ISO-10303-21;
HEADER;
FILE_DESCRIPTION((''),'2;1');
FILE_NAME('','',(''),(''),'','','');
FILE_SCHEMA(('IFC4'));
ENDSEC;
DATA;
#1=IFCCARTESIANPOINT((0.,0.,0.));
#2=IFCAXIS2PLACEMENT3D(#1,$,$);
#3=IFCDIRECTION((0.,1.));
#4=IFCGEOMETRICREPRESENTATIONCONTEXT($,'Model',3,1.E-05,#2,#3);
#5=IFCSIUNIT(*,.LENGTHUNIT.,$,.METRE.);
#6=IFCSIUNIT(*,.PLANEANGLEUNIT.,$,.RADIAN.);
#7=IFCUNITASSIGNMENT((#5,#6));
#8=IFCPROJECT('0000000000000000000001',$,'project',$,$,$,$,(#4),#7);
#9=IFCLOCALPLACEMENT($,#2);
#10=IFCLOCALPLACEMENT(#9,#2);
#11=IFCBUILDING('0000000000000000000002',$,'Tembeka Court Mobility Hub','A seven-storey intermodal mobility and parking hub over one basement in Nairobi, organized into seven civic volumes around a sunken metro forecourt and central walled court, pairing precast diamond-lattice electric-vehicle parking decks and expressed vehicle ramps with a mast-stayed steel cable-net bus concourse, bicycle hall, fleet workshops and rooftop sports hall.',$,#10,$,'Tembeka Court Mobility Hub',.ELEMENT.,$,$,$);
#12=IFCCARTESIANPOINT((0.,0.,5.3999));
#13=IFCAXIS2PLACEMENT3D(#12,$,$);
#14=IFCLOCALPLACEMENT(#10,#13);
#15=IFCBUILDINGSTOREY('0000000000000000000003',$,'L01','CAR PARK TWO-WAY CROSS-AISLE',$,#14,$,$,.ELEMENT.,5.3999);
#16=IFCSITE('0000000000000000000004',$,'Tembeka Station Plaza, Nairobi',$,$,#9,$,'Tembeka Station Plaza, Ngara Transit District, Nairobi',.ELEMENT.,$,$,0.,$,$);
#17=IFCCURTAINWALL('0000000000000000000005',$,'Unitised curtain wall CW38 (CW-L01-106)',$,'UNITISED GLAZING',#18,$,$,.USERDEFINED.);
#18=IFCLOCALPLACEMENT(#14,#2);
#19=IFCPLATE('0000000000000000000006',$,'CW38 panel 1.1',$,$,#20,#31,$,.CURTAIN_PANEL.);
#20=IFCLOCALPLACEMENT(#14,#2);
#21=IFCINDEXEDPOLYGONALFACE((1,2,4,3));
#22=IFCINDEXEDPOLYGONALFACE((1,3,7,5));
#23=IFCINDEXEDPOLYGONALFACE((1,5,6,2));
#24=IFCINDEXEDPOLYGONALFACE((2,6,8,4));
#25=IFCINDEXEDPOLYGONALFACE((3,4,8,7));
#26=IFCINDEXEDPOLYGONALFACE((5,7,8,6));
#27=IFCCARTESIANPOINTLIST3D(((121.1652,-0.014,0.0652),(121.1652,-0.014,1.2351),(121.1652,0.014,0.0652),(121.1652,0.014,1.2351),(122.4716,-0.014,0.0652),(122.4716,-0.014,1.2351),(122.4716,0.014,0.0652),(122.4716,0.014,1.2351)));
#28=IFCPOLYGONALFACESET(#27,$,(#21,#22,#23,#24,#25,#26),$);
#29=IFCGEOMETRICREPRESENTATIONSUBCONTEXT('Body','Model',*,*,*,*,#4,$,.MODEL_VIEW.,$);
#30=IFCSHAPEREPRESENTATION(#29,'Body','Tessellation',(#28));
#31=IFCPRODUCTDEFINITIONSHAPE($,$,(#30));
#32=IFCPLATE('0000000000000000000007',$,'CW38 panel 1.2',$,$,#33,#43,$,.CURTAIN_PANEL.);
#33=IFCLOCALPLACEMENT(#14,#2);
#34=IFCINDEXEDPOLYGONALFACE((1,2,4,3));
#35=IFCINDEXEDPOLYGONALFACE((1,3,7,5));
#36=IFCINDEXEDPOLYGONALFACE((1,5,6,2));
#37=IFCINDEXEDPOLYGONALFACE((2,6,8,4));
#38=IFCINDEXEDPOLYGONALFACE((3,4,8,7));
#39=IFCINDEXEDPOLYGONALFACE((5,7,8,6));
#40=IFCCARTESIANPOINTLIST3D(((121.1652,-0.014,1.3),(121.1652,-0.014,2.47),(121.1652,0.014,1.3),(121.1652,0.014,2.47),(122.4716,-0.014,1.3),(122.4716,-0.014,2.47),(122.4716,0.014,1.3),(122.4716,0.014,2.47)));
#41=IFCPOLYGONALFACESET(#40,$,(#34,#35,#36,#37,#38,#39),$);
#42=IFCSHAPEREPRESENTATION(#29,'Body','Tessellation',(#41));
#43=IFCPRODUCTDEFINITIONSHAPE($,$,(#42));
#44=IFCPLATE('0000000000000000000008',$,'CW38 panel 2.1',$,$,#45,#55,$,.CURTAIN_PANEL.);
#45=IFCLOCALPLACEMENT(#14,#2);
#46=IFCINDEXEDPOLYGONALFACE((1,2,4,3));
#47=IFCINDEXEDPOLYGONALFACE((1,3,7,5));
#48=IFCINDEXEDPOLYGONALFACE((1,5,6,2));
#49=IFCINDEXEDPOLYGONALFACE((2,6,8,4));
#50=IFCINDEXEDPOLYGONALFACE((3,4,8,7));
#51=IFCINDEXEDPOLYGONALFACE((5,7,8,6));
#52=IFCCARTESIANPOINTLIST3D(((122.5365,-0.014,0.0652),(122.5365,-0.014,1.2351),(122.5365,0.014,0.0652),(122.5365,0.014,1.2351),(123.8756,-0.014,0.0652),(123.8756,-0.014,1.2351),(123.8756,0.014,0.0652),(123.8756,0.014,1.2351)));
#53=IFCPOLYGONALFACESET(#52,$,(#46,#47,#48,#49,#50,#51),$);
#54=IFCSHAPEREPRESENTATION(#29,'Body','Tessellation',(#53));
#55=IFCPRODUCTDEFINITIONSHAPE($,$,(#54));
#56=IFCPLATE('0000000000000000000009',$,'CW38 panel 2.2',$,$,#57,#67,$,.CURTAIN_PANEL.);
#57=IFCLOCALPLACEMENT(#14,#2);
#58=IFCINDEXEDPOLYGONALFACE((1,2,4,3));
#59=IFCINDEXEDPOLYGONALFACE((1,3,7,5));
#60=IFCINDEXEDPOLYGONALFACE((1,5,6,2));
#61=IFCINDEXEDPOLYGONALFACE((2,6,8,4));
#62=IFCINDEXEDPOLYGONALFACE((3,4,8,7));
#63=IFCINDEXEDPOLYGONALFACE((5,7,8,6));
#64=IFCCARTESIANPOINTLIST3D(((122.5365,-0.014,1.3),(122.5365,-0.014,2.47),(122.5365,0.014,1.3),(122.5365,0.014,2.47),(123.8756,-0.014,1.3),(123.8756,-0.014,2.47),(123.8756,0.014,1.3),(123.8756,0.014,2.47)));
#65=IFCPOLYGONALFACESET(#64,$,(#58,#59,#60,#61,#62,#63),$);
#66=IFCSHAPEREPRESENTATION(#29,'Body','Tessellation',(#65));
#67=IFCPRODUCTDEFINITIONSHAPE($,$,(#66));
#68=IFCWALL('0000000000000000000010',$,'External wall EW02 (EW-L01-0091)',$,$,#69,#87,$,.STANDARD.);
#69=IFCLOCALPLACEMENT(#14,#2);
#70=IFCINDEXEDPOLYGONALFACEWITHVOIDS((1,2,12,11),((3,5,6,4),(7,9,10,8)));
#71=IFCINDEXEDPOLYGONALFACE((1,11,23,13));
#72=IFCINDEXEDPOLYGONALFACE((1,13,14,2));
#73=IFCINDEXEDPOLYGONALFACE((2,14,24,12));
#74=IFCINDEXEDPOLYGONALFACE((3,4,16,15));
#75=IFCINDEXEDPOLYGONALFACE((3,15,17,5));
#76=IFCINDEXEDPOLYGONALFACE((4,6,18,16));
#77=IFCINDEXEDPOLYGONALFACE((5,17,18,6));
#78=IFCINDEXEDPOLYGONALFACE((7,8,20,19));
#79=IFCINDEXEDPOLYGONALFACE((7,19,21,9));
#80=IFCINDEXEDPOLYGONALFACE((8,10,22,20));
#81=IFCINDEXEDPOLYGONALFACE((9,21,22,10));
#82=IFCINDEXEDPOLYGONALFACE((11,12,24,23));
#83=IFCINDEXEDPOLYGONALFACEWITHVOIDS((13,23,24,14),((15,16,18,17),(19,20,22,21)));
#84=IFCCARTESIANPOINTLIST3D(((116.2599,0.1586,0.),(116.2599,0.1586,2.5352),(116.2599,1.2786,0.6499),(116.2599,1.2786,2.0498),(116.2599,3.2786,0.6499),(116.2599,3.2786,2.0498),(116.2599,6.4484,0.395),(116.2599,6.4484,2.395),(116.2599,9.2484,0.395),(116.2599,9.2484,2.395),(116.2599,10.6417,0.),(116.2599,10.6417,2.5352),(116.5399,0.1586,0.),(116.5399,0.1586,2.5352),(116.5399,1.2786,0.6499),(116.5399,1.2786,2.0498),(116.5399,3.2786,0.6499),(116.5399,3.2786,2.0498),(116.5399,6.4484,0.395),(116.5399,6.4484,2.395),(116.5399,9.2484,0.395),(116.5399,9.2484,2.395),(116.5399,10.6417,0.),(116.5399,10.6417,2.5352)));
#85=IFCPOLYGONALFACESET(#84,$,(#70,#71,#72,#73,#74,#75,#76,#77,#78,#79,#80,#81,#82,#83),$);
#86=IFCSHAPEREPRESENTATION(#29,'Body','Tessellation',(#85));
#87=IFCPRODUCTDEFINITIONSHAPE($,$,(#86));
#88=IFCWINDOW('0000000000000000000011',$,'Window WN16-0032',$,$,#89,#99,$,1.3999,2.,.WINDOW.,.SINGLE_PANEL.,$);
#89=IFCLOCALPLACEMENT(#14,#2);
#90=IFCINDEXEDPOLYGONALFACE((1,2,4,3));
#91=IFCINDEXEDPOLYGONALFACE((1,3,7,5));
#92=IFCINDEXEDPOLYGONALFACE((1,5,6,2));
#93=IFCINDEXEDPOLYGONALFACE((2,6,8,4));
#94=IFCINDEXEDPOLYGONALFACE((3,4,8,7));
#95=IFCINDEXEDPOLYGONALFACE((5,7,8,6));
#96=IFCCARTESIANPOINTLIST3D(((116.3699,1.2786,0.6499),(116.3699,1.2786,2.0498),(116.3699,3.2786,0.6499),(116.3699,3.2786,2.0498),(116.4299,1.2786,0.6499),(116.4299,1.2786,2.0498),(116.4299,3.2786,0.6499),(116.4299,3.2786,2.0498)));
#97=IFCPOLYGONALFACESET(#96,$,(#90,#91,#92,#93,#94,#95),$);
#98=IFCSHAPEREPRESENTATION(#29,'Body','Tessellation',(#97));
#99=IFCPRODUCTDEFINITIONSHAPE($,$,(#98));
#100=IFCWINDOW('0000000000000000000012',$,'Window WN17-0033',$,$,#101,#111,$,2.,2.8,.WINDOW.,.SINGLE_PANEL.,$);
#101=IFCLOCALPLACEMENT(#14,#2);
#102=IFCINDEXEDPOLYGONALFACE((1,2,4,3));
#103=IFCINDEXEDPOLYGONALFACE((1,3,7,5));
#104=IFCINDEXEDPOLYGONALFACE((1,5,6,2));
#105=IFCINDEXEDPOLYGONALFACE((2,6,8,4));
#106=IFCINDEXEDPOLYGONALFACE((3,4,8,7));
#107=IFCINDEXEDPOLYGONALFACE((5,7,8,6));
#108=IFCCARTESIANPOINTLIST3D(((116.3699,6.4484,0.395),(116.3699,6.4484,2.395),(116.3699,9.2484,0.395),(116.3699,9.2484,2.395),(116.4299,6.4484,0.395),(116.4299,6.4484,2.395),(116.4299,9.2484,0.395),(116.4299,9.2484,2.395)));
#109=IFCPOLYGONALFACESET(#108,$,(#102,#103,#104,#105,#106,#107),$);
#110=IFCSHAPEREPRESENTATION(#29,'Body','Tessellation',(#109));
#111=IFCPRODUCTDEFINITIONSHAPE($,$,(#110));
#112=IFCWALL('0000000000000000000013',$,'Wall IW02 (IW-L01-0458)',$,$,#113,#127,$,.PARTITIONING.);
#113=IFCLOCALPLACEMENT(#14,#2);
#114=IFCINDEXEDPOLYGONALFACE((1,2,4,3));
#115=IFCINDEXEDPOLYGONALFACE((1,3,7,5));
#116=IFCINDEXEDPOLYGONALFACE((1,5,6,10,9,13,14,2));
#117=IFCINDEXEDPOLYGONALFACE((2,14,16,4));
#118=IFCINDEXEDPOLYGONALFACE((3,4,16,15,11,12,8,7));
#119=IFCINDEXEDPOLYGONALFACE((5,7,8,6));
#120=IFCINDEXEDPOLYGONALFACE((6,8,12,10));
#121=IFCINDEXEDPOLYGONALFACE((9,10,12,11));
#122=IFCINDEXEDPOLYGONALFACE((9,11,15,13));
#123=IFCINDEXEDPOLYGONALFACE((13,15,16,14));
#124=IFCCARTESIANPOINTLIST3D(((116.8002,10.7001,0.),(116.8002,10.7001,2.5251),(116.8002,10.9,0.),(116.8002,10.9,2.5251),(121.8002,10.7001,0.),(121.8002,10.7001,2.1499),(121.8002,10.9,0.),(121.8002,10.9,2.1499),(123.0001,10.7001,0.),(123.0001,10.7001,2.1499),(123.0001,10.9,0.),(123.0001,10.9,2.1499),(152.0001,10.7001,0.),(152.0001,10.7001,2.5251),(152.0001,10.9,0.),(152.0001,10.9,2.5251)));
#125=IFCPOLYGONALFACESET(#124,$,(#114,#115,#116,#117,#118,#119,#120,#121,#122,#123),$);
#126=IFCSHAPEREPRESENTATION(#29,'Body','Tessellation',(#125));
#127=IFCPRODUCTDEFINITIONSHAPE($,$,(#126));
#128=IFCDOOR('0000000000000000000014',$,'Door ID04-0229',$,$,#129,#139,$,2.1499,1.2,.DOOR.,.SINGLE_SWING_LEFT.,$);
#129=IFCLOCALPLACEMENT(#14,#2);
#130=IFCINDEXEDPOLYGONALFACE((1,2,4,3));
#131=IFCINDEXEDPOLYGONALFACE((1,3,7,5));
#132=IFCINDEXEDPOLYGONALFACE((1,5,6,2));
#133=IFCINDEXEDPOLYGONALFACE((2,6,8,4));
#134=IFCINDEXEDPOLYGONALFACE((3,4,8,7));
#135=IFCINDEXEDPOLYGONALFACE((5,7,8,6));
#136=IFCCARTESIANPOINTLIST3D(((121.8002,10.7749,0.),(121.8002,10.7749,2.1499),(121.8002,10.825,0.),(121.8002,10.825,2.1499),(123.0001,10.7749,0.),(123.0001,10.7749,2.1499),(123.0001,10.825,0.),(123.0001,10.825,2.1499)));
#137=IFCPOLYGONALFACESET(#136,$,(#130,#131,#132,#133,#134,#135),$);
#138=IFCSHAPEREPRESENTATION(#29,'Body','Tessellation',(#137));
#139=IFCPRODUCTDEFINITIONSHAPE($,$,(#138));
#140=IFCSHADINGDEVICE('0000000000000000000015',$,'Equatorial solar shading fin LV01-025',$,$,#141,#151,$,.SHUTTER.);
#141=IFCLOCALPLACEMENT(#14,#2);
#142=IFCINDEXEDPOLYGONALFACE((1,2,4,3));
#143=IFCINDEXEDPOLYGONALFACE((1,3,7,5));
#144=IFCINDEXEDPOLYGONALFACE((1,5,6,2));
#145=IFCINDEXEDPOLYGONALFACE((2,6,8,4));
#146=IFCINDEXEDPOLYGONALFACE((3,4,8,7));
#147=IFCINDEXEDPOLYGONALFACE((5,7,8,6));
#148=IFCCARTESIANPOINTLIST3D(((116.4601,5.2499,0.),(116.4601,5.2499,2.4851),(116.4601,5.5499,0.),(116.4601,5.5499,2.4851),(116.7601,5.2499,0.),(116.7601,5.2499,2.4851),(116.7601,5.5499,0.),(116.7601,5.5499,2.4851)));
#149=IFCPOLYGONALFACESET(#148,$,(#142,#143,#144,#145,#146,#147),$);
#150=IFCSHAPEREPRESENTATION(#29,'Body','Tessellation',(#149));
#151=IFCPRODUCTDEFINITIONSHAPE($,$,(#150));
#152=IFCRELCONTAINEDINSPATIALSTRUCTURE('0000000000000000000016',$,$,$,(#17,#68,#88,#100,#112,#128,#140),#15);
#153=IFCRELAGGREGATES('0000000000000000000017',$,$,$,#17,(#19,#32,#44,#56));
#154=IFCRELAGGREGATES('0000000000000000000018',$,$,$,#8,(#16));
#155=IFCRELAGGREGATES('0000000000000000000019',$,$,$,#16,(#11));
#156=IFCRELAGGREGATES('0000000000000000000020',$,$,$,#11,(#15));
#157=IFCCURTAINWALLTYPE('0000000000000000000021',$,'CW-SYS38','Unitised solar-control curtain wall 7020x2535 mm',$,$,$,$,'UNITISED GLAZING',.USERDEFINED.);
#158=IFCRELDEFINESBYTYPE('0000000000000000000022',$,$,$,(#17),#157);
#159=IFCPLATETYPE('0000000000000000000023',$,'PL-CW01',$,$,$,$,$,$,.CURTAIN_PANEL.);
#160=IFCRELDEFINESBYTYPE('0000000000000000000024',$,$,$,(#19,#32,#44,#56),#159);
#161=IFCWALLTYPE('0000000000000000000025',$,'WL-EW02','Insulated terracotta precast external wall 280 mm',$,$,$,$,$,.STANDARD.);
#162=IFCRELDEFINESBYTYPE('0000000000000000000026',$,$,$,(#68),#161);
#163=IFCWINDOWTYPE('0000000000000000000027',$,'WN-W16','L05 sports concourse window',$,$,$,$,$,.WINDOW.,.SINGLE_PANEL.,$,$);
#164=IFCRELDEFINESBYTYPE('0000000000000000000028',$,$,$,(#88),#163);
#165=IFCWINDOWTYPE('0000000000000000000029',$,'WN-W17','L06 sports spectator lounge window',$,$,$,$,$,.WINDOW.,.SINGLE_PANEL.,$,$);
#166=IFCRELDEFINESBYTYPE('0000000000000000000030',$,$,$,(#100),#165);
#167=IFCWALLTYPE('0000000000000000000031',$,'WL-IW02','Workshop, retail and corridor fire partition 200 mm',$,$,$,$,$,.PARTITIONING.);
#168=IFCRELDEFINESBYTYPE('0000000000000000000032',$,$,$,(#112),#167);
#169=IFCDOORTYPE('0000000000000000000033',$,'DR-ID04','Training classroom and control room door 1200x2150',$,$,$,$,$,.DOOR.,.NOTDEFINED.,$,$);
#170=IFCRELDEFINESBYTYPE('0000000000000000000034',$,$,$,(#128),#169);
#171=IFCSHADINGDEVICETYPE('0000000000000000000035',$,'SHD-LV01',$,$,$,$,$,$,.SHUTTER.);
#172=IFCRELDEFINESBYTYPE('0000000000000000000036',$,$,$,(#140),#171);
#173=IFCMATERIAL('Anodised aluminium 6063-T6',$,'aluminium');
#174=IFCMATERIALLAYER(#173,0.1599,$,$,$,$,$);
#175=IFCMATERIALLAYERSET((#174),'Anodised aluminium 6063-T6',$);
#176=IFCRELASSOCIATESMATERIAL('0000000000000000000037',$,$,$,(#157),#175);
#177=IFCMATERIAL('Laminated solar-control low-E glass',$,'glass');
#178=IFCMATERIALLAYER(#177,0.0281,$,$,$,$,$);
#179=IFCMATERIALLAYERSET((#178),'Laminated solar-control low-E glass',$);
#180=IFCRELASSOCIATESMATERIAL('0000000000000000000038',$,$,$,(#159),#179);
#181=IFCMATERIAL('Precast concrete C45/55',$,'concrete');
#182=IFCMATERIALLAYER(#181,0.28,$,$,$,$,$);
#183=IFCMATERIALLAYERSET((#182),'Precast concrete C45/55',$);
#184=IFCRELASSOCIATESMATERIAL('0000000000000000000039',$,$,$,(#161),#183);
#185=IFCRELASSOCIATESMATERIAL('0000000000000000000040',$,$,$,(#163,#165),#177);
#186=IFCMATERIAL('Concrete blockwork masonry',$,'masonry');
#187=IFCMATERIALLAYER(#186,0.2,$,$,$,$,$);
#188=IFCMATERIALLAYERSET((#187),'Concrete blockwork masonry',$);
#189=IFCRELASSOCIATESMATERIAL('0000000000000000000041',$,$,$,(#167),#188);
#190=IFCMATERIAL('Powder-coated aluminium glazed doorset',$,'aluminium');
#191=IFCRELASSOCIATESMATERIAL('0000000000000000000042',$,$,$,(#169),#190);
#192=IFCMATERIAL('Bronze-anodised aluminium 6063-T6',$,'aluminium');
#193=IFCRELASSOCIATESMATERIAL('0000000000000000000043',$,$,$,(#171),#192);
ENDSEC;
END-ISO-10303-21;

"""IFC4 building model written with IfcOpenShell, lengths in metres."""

from ifc_helpers import new_model, si_unit, direction, frame, frame_2d, origin, origin_2d, place, context, subcontext, project, spatial, rectangle, extrude, material, layer, layer_set, material_profile, profile_set, type_object, element, fill, aggregate, save


model = new_model("IFC4")

# Units and contexts
model_context = context("Model", 3, precision=1e-05, world=origin(), true_north=direction((0.0, 1.0)))
body_context = subcontext(model_context, "Body", "Model", "MODEL_VIEW")
ifc_project = project(units=[si_unit("LENGTHUNIT", "METRE"), si_unit("PLANEANGLEUNIT", "RADIAN")], contexts=[model_context])

# Site, building, storey
site_placement = place(None, origin())
site = spatial("IfcSite", under=ifc_project, at=site_placement, Name="Tembeka Station Plaza, Nairobi", LongName="Tembeka Station Plaza, Ngara Transit District, Nairobi", CompositionType="ELEMENT", RefElevation=0.0)
building_placement = place(site_placement, origin())
building = spatial("IfcBuilding", under=site, at=building_placement, Name="Tembeka Court Mobility Hub", Description="A seven-storey intermodal mobility and parking hub over one basement in Nairobi, organized into seven civic volumes around a sunken metro forecourt and central walled court, pairing precast diamond-lattice electric-vehicle parking decks and expressed vehicle ramps with a mast-stayed steel cable-net bus concourse, bicycle hall, fleet workshops and rooftop sports hall.", LongName="Tembeka Court Mobility Hub", CompositionType="ELEMENT")
storey_placement = place(building_placement, frame((0.0, 0.0, 5.3999)))
storey = spatial("IfcBuildingStorey", under=building, at=storey_placement, Name="L01", Description="CAR PARK TWO-WAY CROSS-AISLE", CompositionType="ELEMENT", Elevation=5.3999)

# Curtain wall
ifc_material_1 = material(Name="Anodised aluminium 6063-T6", Category="aluminium")
ifc_layer_1 = layer(ifc_material_1, 0.1599)
ifc_layer_set_1 = layer_set([ifc_layer_1], Name="Anodised aluminium 6063-T6")
curtain_wall_type_1 = type_object("IfcCurtainWallType", Name="CW-SYS38", Description="Unitised solar-control curtain wall 7020x2535 mm", ElementType="UNITISED GLAZING", PredefinedType="USERDEFINED", material=ifc_layer_set_1)
curtain_wall_1_placement = place(storey_placement, origin())
curtain_wall_1 = element("IfcCurtainWall", 1, at=curtain_wall_1_placement, inside=storey, type_object=curtain_wall_type_1, Name="Unitised curtain wall CW38 (CW-L01-106)", ObjectType="UNITISED GLAZING", PredefinedType="USERDEFINED")

# Plates
ifc_material_2 = material(Name="Laminated solar-control low-E glass", Category="glass")
ifc_layer_2 = layer(ifc_material_2, 0.0281)
ifc_layer_set_2 = layer_set([ifc_layer_2], Name="Laminated solar-control low-E glass")
plate_type = type_object("IfcPlateType", Name="PL-CW01", PredefinedType="CURTAIN_PANEL", material=ifc_layer_set_2)
plate_1_placement = place(storey_placement, frame((121.8184, 0.0, 0.0652), z_axis=(0.0, 0.0, 1.0), x_axis=(1.0, 0.0, 0.0)))
plate_1 = element("IfcPlate", 2, at=plate_1_placement, type_object=plate_type, Name="CW38 panel 1.1", PredefinedType="CURTAIN_PANEL", context=body_context, shape_type="SweptSolid", body=[
    extrude(rectangle(XDim=1.3064, YDim=0.0281, at=origin_2d()), origin(), (0.0, 0.0, 1.0), 1.1699),
])
plate_2_placement = place(storey_placement, frame((121.8184, 0.0, 1.3), z_axis=(0.0, 0.0, 1.0), x_axis=(1.0, 0.0, 0.0)))
plate_2 = element("IfcPlate", 3, at=plate_2_placement, type_object=plate_type, Name="CW38 panel 1.2", PredefinedType="CURTAIN_PANEL", context=body_context, shape_type="SweptSolid", body=[
    extrude(rectangle(XDim=1.3064, YDim=0.0281, at=origin_2d()), origin(), (0.0, 0.0, 1.0), 1.1699),
])
plate_3_placement = place(storey_placement, frame((123.2061, 0.0, 0.0652), z_axis=(0.0, 0.0, 1.0), x_axis=(1.0, 0.0, 0.0)))
plate_3 = element("IfcPlate", 4, at=plate_3_placement, type_object=plate_type, Name="CW38 panel 2.1", PredefinedType="CURTAIN_PANEL", context=body_context, shape_type="SweptSolid", body=[
    extrude(rectangle(XDim=1.3391, YDim=0.0281, at=origin_2d()), origin(), (0.0, 0.0, 1.0), 1.1699),
])
plate_4_placement = place(storey_placement, frame((123.2061, 0.0, 1.3), z_axis=(0.0, 0.0, 1.0), x_axis=(1.0, 0.0, 0.0)))
plate_4 = element("IfcPlate", 5, at=plate_4_placement, type_object=plate_type, Name="CW38 panel 2.2", PredefinedType="CURTAIN_PANEL", context=body_context, shape_type="SweptSolid", body=[
    extrude(rectangle(XDim=1.3391, YDim=0.0281, at=origin_2d()), origin(), (0.0, 0.0, 1.0), 1.1699),
])
aggregate(curtain_wall_1, [plate_1, plate_2, plate_3, plate_4])

# Wall, openings, windows
ifc_material_3 = material(Name="Precast concrete C45/55", Category="concrete")
ifc_layer_3 = layer(ifc_material_3, 0.28)
ifc_layer_set_3 = layer_set([ifc_layer_3], Name="Precast concrete C45/55")
wall_type_1 = type_object("IfcWallType", Name="WL-EW02", Description="Insulated terracotta precast external wall 280 mm", PredefinedType="STANDARD", material=ifc_layer_set_3)
wall_1_placement = place(storey_placement, frame((116.3999, 0.1584, 0.0), z_axis=(0.0, 0.0, 1.0), x_axis=(0.0, 1.0, 0.0)))
wall_1 = element("IfcWall", 6, at=wall_1_placement, inside=storey, type_object=wall_type_1, Name="External wall EW02 (EW-L01-0091)", PredefinedType="STANDARD", context=body_context, shape_type="SweptSolid", body=[
    extrude(rectangle(XDim=10.4832, YDim=0.28, at=frame_2d((5.2417, 0.0))), origin(), (0.0, 0.0, 1.0), 2.5352),
])
opening_1_placement = place(wall_1_placement, frame((1.1201, 0.0, 0.6499)))
opening_1 = element("IfcOpeningElement", 7, at=opening_1_placement, cuts=wall_1, PredefinedType="OPENING", context=body_context, shape_type="SweptSolid", body=[
    extrude(rectangle(XDim=2.0, YDim=1.3999, at=frame_2d((1.0, 0.7))), frame((0.0, 0.1499, 0.0), z_axis=(0.0, -1.0, 0.0), x_axis=(1.0, 0.0, 0.0)), (0.0, 0.0, 1.0), 0.3),
])
opening_2_placement = place(wall_1_placement, frame((6.29, 0.0, 0.395)))
opening_2 = element("IfcOpeningElement", 8, at=opening_2_placement, cuts=wall_1, PredefinedType="OPENING", context=body_context, shape_type="SweptSolid", body=[
    extrude(rectangle(XDim=2.8, YDim=2.0, at=frame_2d((1.3999, 1.0))), frame((0.0, 0.1499, 0.0), z_axis=(0.0, -1.0, 0.0), x_axis=(1.0, 0.0, 0.0)), (0.0, 0.0, 1.0), 0.3),
])
window_type_1 = type_object("IfcWindowType", Name="WN-W16", Description="L05 sports concourse window", PartitioningType="SINGLE_PANEL", PredefinedType="WINDOW", material=ifc_material_2)
window_1_placement = place(opening_1_placement, origin())
window_1 = element("IfcWindow", 9, at=window_1_placement, inside=storey, type_object=window_type_1, Name="Window WN16-0032", OverallHeight=1.3999, OverallWidth=2.0, PartitioningType="SINGLE_PANEL", PredefinedType="WINDOW", context=body_context, shape_type="SweptSolid", body=[
    extrude(rectangle(XDim=2.0, YDim=1.3999, at=frame_2d((1.0, 0.7))), frame((0.0, 0.03, 0.0), z_axis=(0.0, -1.0, 0.0), x_axis=(1.0, 0.0, 0.0)), (0.0, 0.0, 1.0), 0.0601),
])
fill(opening_1, window_1)
window_type_2 = type_object("IfcWindowType", Name="WN-W17", Description="L06 sports spectator lounge window", PartitioningType="SINGLE_PANEL", PredefinedType="WINDOW", material=ifc_material_2)
window_2_placement = place(opening_2_placement, origin())
window_2 = element("IfcWindow", 10, at=window_2_placement, inside=storey, type_object=window_type_2, Name="Window WN17-0033", OverallHeight=2.0, OverallWidth=2.8, PartitioningType="SINGLE_PANEL", PredefinedType="WINDOW", context=body_context, shape_type="SweptSolid", body=[
    extrude(rectangle(XDim=2.8, YDim=2.0, at=frame_2d((1.3999, 1.0))), frame((0.0, 0.03, 0.0), z_axis=(0.0, -1.0, 0.0), x_axis=(1.0, 0.0, 0.0)), (0.0, 0.0, 1.0), 0.0601),
])
fill(opening_2, window_2)

# Wall, opening, door
ifc_material_4 = material(Name="Concrete blockwork masonry", Category="masonry")
ifc_layer_4 = layer(ifc_material_4, 0.2)
ifc_layer_set_4 = layer_set([ifc_layer_4], Name="Concrete blockwork masonry")
wall_type_2 = type_object("IfcWallType", Name="WL-IW02", Description="Workshop, retail and corridor fire partition 200 mm", PredefinedType="PARTITIONING", material=ifc_layer_set_4)
wall_2_placement = place(storey_placement, frame((116.8, 10.8, 0.0), z_axis=(0.0, 0.0, 1.0), x_axis=(1.0, 0.0, 0.0)))
wall_2 = element("IfcWall", 11, at=wall_2_placement, inside=storey, type_object=wall_type_2, Name="Wall IW02 (IW-L01-0458)", PredefinedType="PARTITIONING", context=body_context, shape_type="SweptSolid", body=[
    extrude(rectangle(XDim=35.2, YDim=0.2, at=frame_2d((17.6001, 0.0))), origin(), (0.0, 0.0, 1.0), 2.5251),
])
opening_3_placement = place(wall_2_placement, frame((5.0, 0.0, 0.0)))
opening_3 = element("IfcOpeningElement", 12, at=opening_3_placement, cuts=wall_2, PredefinedType="OPENING", context=body_context, shape_type="SweptSolid", body=[
    extrude(rectangle(XDim=1.2, YDim=2.1499, at=frame_2d((0.6001, 1.075))), frame((0.0, 0.1099, 0.0), z_axis=(0.0, -1.0, 0.0), x_axis=(1.0, 0.0, 0.0)), (0.0, 0.0, 1.0), 0.22),
])
ifc_material_5 = material(Name="Powder-coated aluminium glazed doorset", Category="aluminium")
door_type = type_object("IfcDoorType", Name="DR-ID04", Description="Training classroom and control room door 1200x2150", OperationType="NOTDEFINED", PredefinedType="DOOR", material=ifc_material_5)
door_placement = place(opening_3_placement, origin())
door = element("IfcDoor", 13, at=door_placement, inside=storey, type_object=door_type, Name="Door ID04-0229", OperationType="SINGLE_SWING_LEFT", OverallHeight=2.1499, OverallWidth=1.2, PredefinedType="DOOR", context=body_context, shape_type="SweptSolid", body=[
    extrude(rectangle(XDim=1.2, YDim=2.1499, at=frame_2d((0.6001, 1.075))), frame((0.0, 0.0249, 0.0), z_axis=(0.0, -1.0, 0.0), x_axis=(1.0, 0.0, 0.0)), (0.0, 0.0, 1.0), 0.05),
])
fill(opening_3, door)

# Shading device
ifc_material_6 = material(Name="Bronze-anodised aluminium 6063-T6", Category="aluminium")
ifc_material_profile_1 = material_profile(ifc_material_6, rectangle(XDim=0.3, YDim=0.3, at=origin_2d()), Name="ALU-LVR 300x300")
ifc_profile_set_1 = profile_set([ifc_material_profile_1], Name="Bronze-anodised aluminium 6063-T6")
shading_device_type = type_object("IfcShadingDeviceType", Name="SHD-LV01", PredefinedType="SHUTTER", material=ifc_profile_set_1)
shading_device_placement = place(storey_placement, frame((116.6101, 5.3999, 0.0), z_axis=(0.0, 0.0, 1.0), x_axis=(1.0, 0.0, 0.0)))
element("IfcShadingDevice", 14, at=shading_device_placement, inside=storey, type_object=shading_device_type, Name="Equatorial solar shading fin LV01-025", PredefinedType="SHUTTER", context=body_context, shape_type="SweptSolid", body=[
    extrude(rectangle(XDim=0.3, YDim=0.3, at=origin_2d()), origin(), (0.0, 0.0, 1.0), 2.4851),
])

save(model, "model.ifc")
